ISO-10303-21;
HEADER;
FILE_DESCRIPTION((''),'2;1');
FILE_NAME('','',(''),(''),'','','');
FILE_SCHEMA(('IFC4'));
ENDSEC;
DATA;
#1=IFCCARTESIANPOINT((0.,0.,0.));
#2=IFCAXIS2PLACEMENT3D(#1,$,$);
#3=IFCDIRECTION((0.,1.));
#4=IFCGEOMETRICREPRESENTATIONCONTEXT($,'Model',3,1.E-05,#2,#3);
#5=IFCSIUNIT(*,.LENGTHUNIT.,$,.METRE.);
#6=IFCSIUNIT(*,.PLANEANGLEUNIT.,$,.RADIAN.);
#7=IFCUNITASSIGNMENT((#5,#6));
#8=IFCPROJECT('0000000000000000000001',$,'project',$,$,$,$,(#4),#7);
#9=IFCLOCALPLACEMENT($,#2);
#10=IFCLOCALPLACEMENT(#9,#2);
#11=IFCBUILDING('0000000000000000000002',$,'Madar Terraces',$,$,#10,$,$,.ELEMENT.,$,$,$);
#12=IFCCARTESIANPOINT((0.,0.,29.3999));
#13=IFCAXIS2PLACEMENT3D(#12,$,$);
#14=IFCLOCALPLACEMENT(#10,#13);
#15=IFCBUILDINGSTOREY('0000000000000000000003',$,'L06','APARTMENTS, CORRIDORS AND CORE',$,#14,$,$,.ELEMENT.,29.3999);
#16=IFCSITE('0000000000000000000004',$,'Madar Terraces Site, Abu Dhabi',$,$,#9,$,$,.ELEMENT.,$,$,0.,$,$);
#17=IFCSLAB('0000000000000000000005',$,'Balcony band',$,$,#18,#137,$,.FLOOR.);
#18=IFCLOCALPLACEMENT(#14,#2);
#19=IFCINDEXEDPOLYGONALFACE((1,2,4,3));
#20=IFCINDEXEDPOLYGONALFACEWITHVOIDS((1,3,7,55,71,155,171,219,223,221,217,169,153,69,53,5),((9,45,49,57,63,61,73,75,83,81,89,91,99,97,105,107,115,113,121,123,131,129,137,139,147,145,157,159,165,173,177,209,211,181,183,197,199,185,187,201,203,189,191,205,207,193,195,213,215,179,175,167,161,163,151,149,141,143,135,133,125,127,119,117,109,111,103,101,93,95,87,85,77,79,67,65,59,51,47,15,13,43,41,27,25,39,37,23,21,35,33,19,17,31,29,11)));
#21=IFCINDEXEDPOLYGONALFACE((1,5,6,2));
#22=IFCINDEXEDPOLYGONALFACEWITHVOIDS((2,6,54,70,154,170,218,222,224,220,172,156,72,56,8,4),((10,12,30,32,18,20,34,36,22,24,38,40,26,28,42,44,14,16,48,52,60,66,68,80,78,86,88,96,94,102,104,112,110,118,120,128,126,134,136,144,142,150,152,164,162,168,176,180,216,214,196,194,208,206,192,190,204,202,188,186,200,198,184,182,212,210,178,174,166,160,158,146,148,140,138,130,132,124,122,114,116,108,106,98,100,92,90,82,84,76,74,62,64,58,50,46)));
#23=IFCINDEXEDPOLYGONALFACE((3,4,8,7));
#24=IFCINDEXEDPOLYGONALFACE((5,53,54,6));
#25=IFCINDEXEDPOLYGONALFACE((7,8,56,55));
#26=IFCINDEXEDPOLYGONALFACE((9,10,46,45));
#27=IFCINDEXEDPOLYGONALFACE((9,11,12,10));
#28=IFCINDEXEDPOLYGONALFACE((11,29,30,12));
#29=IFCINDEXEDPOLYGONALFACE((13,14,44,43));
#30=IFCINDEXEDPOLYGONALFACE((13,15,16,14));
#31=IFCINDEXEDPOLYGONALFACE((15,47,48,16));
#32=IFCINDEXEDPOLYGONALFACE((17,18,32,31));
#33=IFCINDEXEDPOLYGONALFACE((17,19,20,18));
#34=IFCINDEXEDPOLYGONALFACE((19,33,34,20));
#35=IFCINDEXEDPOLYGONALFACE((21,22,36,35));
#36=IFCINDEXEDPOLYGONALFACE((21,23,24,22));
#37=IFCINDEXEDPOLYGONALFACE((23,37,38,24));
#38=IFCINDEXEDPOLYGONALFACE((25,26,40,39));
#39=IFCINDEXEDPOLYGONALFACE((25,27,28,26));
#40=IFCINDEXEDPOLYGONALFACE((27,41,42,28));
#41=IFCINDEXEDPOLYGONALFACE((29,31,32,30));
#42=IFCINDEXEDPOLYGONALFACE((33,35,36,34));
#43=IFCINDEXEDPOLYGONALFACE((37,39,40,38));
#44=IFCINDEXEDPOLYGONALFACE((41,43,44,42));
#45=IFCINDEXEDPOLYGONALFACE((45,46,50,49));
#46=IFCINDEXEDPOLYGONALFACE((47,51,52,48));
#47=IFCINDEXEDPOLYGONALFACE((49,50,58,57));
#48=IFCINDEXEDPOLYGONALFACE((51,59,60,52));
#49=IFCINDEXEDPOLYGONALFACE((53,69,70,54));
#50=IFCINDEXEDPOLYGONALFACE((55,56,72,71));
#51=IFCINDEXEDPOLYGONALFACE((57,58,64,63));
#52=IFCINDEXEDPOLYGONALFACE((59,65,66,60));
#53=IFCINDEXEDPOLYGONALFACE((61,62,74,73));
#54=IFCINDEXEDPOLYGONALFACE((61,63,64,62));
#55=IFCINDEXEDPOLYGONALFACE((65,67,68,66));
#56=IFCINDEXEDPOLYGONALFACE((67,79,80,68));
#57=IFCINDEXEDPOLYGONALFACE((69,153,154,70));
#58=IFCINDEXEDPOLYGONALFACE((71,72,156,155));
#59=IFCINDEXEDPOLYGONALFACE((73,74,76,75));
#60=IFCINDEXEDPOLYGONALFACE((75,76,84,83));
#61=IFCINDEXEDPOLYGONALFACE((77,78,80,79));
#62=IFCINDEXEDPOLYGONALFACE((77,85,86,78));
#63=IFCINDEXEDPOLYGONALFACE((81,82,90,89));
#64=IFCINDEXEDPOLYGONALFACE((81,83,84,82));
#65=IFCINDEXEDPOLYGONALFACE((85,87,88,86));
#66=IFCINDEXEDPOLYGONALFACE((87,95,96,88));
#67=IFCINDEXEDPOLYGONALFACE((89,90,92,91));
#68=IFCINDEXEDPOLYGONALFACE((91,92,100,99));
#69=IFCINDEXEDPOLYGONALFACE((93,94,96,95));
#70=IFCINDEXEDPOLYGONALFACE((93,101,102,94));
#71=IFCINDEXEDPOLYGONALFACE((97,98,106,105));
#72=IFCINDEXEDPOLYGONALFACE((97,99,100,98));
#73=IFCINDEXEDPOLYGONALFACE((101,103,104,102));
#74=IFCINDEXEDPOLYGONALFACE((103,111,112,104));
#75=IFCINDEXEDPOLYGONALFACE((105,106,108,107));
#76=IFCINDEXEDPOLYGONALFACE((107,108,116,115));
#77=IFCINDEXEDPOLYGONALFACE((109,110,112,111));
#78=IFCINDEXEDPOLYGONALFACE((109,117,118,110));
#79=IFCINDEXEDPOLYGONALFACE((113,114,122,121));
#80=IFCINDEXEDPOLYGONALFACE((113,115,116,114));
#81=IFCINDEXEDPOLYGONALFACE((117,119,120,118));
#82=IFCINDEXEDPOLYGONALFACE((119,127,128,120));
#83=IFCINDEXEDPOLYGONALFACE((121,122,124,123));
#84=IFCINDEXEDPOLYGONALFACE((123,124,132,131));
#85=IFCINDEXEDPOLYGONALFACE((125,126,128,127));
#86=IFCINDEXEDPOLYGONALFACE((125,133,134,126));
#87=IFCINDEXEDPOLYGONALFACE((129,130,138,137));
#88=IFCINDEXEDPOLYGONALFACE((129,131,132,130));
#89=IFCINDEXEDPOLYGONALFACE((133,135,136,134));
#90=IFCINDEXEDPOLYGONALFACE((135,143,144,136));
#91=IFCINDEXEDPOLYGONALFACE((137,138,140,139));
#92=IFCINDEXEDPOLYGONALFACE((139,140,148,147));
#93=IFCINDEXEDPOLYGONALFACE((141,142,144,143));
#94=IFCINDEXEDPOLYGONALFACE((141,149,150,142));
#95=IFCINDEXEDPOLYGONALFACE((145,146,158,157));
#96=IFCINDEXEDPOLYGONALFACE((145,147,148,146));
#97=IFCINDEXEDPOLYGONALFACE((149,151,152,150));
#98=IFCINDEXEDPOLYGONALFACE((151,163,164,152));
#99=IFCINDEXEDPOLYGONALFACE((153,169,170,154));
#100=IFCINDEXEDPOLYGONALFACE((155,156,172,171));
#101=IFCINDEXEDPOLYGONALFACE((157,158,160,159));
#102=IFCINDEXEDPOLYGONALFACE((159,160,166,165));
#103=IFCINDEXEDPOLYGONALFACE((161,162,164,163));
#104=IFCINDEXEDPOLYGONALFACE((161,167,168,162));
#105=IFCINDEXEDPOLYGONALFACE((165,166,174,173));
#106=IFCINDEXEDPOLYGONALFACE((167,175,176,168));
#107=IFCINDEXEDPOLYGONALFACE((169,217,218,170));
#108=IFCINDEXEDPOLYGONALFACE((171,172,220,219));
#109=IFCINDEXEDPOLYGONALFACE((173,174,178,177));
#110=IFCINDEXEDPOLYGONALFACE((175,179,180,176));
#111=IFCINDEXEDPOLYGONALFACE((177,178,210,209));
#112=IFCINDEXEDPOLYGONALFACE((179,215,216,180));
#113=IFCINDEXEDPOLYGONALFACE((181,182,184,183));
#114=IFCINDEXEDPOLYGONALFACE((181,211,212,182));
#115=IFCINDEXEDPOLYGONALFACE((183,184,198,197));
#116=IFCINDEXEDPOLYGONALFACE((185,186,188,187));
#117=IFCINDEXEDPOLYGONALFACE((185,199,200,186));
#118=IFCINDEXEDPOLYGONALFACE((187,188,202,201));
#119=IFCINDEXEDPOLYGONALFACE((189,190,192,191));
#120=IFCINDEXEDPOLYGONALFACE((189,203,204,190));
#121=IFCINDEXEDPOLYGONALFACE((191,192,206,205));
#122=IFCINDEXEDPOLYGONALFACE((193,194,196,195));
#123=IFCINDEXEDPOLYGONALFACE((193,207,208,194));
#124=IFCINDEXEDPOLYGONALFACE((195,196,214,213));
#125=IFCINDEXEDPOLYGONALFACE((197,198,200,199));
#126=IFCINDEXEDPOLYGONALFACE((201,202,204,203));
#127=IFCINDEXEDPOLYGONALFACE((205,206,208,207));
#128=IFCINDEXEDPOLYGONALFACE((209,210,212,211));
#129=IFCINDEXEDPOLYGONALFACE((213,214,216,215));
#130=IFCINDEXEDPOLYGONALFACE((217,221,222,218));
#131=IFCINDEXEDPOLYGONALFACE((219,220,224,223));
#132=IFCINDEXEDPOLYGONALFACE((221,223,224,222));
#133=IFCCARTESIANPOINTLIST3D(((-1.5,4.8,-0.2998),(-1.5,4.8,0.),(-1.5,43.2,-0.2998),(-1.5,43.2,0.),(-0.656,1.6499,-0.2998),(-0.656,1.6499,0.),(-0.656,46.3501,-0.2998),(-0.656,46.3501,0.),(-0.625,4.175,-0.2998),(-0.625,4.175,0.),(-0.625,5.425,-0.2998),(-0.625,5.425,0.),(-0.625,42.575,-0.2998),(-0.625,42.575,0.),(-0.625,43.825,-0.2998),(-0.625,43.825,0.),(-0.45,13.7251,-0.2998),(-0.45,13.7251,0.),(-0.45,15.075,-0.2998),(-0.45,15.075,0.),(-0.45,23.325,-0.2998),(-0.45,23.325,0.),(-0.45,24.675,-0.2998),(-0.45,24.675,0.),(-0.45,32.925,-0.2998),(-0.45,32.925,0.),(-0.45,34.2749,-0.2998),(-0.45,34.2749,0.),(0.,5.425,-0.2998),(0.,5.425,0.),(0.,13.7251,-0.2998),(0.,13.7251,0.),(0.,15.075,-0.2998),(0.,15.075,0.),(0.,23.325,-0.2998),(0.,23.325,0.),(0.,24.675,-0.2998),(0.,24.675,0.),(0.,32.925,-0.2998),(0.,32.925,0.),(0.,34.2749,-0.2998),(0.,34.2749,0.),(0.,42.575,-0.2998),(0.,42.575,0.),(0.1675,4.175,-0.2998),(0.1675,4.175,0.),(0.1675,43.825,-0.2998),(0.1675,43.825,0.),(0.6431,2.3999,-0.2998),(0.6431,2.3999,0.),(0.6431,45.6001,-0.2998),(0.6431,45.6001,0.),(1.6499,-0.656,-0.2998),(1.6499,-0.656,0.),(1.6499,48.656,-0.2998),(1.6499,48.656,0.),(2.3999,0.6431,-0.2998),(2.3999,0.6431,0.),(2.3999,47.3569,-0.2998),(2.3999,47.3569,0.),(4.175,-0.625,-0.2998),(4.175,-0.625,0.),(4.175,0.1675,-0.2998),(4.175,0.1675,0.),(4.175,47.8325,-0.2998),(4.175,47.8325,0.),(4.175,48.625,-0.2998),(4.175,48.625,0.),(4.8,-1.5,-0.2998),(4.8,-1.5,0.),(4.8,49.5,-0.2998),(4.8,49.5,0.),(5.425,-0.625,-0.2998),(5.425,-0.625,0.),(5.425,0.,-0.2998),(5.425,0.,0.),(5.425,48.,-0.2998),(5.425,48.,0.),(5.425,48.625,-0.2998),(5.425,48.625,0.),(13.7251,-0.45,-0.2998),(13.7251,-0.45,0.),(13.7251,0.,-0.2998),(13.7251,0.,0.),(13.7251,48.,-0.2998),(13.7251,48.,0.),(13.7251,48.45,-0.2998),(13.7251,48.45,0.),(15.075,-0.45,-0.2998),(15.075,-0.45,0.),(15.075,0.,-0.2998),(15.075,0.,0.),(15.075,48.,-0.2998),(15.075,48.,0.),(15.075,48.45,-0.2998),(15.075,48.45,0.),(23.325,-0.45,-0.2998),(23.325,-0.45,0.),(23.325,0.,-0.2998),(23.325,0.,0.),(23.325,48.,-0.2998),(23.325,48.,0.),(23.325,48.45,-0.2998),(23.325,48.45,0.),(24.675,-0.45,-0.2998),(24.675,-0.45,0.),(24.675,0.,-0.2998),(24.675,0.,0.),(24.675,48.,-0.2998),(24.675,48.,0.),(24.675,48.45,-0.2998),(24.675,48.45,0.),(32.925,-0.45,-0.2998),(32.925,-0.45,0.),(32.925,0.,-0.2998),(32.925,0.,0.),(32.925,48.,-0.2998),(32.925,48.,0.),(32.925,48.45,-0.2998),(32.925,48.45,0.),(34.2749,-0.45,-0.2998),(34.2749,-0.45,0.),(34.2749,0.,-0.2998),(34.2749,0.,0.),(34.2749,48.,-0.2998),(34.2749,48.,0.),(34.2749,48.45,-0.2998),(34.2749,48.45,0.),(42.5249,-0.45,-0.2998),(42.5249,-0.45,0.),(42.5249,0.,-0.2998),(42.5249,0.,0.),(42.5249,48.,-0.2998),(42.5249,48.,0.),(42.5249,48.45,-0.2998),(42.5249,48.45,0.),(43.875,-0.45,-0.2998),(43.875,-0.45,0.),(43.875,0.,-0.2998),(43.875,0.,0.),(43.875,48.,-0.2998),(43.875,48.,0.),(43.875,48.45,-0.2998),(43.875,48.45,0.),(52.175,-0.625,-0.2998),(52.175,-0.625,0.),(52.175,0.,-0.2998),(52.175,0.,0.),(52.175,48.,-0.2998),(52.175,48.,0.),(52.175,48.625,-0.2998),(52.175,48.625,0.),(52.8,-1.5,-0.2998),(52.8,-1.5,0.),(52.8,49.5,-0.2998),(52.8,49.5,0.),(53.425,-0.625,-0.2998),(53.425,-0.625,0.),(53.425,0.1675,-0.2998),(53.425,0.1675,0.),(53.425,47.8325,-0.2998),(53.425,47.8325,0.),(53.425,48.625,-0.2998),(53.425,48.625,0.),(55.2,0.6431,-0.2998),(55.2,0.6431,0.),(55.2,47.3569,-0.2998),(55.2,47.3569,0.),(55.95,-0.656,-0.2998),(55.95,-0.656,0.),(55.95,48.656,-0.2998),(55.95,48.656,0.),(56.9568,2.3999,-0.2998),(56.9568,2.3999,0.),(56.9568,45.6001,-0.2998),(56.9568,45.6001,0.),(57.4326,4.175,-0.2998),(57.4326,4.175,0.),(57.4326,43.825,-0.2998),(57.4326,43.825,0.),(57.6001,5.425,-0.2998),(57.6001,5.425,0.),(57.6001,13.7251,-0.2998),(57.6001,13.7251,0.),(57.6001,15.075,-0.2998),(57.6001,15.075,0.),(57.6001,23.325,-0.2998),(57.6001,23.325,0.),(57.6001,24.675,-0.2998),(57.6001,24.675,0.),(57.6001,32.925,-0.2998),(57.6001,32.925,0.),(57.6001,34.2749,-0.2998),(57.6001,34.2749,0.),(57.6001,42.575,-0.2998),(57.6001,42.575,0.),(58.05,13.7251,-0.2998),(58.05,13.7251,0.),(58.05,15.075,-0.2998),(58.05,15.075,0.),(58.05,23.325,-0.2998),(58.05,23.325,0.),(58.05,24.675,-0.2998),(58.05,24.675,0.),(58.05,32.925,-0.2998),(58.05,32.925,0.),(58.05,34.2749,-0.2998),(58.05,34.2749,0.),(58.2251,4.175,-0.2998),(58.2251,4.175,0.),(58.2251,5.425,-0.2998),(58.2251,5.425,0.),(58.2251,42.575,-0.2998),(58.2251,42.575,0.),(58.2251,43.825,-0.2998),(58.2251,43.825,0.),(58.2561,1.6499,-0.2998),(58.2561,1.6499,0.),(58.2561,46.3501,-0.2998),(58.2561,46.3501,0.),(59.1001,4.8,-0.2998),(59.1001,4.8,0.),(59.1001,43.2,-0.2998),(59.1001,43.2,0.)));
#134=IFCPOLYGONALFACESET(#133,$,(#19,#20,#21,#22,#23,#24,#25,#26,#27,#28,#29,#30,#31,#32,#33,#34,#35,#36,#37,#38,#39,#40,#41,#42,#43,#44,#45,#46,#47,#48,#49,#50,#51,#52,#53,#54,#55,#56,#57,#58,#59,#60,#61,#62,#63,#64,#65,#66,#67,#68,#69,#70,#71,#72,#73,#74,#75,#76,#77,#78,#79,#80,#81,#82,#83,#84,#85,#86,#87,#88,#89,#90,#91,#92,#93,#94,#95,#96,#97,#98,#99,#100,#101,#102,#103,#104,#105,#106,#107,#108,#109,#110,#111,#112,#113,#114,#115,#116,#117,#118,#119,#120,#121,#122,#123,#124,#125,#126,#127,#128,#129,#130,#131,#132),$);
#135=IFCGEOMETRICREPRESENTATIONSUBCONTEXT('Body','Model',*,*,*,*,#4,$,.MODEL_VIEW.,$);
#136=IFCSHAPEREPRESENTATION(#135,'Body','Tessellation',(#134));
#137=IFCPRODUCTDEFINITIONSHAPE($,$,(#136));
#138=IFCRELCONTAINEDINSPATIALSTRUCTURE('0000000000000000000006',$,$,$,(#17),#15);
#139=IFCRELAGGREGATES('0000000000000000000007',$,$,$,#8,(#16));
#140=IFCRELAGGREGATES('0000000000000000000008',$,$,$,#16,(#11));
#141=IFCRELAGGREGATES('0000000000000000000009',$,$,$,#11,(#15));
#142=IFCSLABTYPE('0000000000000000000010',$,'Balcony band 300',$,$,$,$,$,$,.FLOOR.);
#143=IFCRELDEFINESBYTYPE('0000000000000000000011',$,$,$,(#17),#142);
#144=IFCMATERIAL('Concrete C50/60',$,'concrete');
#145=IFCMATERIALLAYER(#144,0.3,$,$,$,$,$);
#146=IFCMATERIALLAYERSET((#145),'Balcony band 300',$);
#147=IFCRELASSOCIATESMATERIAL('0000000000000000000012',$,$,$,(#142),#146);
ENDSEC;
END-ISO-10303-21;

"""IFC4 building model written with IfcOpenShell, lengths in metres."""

from ifc_helpers import new_model, si_unit, direction, frame, origin, place, context, subcontext, project, spatial, polyline, outline, extrude, material, layer, layer_set, type_object, element, save


model = new_model("IFC4")

# Units and contexts
model_context = context("Model", 3, precision=1e-05, world=origin(), true_north=direction((0.0, 1.0)))
body_context = subcontext(model_context, "Body", "Model", "MODEL_VIEW")
ifc_project = project(units=[si_unit("LENGTHUNIT", "METRE"), si_unit("PLANEANGLEUNIT", "RADIAN")], contexts=[model_context])

# Site, building, storey
site_placement = place(None, origin())
site = spatial("IfcSite", under=ifc_project, at=site_placement, Name="Madar Terraces Site, Abu Dhabi", CompositionType="ELEMENT", RefElevation=0.0)
building_placement = place(site_placement, origin())
building = spatial("IfcBuilding", under=site, at=building_placement, Name="Madar Terraces", CompositionType="ELEMENT")
storey_placement = place(building_placement, frame((0.0, 0.0, 29.3999)))
storey = spatial("IfcBuildingStorey", under=building, at=storey_placement, Name="L06", Description="APARTMENTS, CORRIDORS AND CORE", CompositionType="ELEMENT", Elevation=29.3999)

# Slab
ifc_material_1 = material(Name="Concrete C50/60", Category="concrete")
ifc_layer_1 = layer(ifc_material_1, 0.3)
ifc_layer_set_1 = layer_set([ifc_layer_1], Name="Balcony band 300")
slab_type_1 = type_object("IfcSlabType", Name="Balcony band 300", PredefinedType="FLOOR", material=ifc_layer_set_1)
slab_1_placement = place(storey_placement, frame((0.0, 0.0, -0.2998)))
element("IfcSlab", 1, at=slab_1_placement, inside=storey, type_object=slab_type_1, Name="Balcony band", PredefinedType="FLOOR", context=body_context, shape_type="SweptSolid", body=[
    extrude(outline(polyline([(4.8, -1.5), (1.6499, -0.656), (-0.656, 1.6499), (-1.5, 4.8), (-1.5, 43.2), (-0.656, 46.3501), (1.6499, 48.656), (4.8, 49.5), (52.8, 49.5), (55.95, 48.656), (58.2561, 46.3501), (59.1001, 43.2), (59.1001, 4.8), (58.2561, 1.6499), (55.95, -0.656), (52.8, -1.5), (4.8, -1.5)]), holes=[polyline([(5.425, -0.625), (5.425, 0.0), (13.7251, 0.0), (13.7251, -0.45), (15.075, -0.45), (15.075, 0.0), (23.325, 0.0), (23.325, -0.45), (24.675, -0.45), (24.675, 0.0), (32.925, 0.0), (32.925, -0.45), (34.2749, -0.45), (34.2749, 0.0), (42.5249, 0.0), (42.5249, -0.45), (43.875, -0.45), (43.875, 0.0), (52.175, 0.0), (52.175, -0.625), (53.425, -0.625), (53.425, 0.1675), (55.2, 0.6431), (56.9568, 2.3999), (57.4326, 4.175), (58.2251, 4.175), (58.2251, 5.425), (57.6001, 5.425), (57.6001, 13.7251), (58.05, 13.7251), (58.05, 15.075), (57.6001, 15.075), (57.6001, 23.325), (58.05, 23.325), (58.05, 24.675), (57.6001, 24.675), (57.6001, 32.925), (58.05, 32.925), (58.05, 34.2749), (57.6001, 34.2749), (57.6001, 42.575), (58.2251, 42.575), (58.2251, 43.825), (57.4326, 43.825), (56.9568, 45.6001), (55.2, 47.3569), (53.425, 47.8325), (53.425, 48.625), (52.175, 48.625), (52.175, 48.0), (43.875, 48.0), (43.875, 48.45), (42.5249, 48.45), (42.5249, 48.0), (34.2749, 48.0), (34.2749, 48.45), (32.925, 48.45), (32.925, 48.0), (24.675, 48.0), (24.675, 48.45), (23.325, 48.45), (23.325, 48.0), (15.075, 48.0), (15.075, 48.45), (13.7251, 48.45), (13.7251, 48.0), (5.425, 48.0), (5.425, 48.625), (4.175, 48.625), (4.175, 47.8325), (2.3999, 47.3569), (0.6431, 45.6001), (0.1675, 43.825), (-0.625, 43.825), (-0.625, 42.575), (0.0, 42.575), (0.0, 34.2749), (-0.45, 34.2749), (-0.45, 32.925), (0.0, 32.925), (0.0, 24.675), (-0.45, 24.675), (-0.45, 23.325), (0.0, 23.325), (0.0, 15.075), (-0.45, 15.075), (-0.45, 13.7251), (0.0, 13.7251), (0.0, 5.425), (-0.625, 5.425), (-0.625, 4.175), (0.1675, 4.175), (0.6431, 2.3999), (2.3999, 0.6431), (4.175, 0.1675), (4.175, -0.625), (5.425, -0.625)])]), origin(), (0.0, 0.0, 1.0), 0.2998),
])

save(model, "model.ifc")
